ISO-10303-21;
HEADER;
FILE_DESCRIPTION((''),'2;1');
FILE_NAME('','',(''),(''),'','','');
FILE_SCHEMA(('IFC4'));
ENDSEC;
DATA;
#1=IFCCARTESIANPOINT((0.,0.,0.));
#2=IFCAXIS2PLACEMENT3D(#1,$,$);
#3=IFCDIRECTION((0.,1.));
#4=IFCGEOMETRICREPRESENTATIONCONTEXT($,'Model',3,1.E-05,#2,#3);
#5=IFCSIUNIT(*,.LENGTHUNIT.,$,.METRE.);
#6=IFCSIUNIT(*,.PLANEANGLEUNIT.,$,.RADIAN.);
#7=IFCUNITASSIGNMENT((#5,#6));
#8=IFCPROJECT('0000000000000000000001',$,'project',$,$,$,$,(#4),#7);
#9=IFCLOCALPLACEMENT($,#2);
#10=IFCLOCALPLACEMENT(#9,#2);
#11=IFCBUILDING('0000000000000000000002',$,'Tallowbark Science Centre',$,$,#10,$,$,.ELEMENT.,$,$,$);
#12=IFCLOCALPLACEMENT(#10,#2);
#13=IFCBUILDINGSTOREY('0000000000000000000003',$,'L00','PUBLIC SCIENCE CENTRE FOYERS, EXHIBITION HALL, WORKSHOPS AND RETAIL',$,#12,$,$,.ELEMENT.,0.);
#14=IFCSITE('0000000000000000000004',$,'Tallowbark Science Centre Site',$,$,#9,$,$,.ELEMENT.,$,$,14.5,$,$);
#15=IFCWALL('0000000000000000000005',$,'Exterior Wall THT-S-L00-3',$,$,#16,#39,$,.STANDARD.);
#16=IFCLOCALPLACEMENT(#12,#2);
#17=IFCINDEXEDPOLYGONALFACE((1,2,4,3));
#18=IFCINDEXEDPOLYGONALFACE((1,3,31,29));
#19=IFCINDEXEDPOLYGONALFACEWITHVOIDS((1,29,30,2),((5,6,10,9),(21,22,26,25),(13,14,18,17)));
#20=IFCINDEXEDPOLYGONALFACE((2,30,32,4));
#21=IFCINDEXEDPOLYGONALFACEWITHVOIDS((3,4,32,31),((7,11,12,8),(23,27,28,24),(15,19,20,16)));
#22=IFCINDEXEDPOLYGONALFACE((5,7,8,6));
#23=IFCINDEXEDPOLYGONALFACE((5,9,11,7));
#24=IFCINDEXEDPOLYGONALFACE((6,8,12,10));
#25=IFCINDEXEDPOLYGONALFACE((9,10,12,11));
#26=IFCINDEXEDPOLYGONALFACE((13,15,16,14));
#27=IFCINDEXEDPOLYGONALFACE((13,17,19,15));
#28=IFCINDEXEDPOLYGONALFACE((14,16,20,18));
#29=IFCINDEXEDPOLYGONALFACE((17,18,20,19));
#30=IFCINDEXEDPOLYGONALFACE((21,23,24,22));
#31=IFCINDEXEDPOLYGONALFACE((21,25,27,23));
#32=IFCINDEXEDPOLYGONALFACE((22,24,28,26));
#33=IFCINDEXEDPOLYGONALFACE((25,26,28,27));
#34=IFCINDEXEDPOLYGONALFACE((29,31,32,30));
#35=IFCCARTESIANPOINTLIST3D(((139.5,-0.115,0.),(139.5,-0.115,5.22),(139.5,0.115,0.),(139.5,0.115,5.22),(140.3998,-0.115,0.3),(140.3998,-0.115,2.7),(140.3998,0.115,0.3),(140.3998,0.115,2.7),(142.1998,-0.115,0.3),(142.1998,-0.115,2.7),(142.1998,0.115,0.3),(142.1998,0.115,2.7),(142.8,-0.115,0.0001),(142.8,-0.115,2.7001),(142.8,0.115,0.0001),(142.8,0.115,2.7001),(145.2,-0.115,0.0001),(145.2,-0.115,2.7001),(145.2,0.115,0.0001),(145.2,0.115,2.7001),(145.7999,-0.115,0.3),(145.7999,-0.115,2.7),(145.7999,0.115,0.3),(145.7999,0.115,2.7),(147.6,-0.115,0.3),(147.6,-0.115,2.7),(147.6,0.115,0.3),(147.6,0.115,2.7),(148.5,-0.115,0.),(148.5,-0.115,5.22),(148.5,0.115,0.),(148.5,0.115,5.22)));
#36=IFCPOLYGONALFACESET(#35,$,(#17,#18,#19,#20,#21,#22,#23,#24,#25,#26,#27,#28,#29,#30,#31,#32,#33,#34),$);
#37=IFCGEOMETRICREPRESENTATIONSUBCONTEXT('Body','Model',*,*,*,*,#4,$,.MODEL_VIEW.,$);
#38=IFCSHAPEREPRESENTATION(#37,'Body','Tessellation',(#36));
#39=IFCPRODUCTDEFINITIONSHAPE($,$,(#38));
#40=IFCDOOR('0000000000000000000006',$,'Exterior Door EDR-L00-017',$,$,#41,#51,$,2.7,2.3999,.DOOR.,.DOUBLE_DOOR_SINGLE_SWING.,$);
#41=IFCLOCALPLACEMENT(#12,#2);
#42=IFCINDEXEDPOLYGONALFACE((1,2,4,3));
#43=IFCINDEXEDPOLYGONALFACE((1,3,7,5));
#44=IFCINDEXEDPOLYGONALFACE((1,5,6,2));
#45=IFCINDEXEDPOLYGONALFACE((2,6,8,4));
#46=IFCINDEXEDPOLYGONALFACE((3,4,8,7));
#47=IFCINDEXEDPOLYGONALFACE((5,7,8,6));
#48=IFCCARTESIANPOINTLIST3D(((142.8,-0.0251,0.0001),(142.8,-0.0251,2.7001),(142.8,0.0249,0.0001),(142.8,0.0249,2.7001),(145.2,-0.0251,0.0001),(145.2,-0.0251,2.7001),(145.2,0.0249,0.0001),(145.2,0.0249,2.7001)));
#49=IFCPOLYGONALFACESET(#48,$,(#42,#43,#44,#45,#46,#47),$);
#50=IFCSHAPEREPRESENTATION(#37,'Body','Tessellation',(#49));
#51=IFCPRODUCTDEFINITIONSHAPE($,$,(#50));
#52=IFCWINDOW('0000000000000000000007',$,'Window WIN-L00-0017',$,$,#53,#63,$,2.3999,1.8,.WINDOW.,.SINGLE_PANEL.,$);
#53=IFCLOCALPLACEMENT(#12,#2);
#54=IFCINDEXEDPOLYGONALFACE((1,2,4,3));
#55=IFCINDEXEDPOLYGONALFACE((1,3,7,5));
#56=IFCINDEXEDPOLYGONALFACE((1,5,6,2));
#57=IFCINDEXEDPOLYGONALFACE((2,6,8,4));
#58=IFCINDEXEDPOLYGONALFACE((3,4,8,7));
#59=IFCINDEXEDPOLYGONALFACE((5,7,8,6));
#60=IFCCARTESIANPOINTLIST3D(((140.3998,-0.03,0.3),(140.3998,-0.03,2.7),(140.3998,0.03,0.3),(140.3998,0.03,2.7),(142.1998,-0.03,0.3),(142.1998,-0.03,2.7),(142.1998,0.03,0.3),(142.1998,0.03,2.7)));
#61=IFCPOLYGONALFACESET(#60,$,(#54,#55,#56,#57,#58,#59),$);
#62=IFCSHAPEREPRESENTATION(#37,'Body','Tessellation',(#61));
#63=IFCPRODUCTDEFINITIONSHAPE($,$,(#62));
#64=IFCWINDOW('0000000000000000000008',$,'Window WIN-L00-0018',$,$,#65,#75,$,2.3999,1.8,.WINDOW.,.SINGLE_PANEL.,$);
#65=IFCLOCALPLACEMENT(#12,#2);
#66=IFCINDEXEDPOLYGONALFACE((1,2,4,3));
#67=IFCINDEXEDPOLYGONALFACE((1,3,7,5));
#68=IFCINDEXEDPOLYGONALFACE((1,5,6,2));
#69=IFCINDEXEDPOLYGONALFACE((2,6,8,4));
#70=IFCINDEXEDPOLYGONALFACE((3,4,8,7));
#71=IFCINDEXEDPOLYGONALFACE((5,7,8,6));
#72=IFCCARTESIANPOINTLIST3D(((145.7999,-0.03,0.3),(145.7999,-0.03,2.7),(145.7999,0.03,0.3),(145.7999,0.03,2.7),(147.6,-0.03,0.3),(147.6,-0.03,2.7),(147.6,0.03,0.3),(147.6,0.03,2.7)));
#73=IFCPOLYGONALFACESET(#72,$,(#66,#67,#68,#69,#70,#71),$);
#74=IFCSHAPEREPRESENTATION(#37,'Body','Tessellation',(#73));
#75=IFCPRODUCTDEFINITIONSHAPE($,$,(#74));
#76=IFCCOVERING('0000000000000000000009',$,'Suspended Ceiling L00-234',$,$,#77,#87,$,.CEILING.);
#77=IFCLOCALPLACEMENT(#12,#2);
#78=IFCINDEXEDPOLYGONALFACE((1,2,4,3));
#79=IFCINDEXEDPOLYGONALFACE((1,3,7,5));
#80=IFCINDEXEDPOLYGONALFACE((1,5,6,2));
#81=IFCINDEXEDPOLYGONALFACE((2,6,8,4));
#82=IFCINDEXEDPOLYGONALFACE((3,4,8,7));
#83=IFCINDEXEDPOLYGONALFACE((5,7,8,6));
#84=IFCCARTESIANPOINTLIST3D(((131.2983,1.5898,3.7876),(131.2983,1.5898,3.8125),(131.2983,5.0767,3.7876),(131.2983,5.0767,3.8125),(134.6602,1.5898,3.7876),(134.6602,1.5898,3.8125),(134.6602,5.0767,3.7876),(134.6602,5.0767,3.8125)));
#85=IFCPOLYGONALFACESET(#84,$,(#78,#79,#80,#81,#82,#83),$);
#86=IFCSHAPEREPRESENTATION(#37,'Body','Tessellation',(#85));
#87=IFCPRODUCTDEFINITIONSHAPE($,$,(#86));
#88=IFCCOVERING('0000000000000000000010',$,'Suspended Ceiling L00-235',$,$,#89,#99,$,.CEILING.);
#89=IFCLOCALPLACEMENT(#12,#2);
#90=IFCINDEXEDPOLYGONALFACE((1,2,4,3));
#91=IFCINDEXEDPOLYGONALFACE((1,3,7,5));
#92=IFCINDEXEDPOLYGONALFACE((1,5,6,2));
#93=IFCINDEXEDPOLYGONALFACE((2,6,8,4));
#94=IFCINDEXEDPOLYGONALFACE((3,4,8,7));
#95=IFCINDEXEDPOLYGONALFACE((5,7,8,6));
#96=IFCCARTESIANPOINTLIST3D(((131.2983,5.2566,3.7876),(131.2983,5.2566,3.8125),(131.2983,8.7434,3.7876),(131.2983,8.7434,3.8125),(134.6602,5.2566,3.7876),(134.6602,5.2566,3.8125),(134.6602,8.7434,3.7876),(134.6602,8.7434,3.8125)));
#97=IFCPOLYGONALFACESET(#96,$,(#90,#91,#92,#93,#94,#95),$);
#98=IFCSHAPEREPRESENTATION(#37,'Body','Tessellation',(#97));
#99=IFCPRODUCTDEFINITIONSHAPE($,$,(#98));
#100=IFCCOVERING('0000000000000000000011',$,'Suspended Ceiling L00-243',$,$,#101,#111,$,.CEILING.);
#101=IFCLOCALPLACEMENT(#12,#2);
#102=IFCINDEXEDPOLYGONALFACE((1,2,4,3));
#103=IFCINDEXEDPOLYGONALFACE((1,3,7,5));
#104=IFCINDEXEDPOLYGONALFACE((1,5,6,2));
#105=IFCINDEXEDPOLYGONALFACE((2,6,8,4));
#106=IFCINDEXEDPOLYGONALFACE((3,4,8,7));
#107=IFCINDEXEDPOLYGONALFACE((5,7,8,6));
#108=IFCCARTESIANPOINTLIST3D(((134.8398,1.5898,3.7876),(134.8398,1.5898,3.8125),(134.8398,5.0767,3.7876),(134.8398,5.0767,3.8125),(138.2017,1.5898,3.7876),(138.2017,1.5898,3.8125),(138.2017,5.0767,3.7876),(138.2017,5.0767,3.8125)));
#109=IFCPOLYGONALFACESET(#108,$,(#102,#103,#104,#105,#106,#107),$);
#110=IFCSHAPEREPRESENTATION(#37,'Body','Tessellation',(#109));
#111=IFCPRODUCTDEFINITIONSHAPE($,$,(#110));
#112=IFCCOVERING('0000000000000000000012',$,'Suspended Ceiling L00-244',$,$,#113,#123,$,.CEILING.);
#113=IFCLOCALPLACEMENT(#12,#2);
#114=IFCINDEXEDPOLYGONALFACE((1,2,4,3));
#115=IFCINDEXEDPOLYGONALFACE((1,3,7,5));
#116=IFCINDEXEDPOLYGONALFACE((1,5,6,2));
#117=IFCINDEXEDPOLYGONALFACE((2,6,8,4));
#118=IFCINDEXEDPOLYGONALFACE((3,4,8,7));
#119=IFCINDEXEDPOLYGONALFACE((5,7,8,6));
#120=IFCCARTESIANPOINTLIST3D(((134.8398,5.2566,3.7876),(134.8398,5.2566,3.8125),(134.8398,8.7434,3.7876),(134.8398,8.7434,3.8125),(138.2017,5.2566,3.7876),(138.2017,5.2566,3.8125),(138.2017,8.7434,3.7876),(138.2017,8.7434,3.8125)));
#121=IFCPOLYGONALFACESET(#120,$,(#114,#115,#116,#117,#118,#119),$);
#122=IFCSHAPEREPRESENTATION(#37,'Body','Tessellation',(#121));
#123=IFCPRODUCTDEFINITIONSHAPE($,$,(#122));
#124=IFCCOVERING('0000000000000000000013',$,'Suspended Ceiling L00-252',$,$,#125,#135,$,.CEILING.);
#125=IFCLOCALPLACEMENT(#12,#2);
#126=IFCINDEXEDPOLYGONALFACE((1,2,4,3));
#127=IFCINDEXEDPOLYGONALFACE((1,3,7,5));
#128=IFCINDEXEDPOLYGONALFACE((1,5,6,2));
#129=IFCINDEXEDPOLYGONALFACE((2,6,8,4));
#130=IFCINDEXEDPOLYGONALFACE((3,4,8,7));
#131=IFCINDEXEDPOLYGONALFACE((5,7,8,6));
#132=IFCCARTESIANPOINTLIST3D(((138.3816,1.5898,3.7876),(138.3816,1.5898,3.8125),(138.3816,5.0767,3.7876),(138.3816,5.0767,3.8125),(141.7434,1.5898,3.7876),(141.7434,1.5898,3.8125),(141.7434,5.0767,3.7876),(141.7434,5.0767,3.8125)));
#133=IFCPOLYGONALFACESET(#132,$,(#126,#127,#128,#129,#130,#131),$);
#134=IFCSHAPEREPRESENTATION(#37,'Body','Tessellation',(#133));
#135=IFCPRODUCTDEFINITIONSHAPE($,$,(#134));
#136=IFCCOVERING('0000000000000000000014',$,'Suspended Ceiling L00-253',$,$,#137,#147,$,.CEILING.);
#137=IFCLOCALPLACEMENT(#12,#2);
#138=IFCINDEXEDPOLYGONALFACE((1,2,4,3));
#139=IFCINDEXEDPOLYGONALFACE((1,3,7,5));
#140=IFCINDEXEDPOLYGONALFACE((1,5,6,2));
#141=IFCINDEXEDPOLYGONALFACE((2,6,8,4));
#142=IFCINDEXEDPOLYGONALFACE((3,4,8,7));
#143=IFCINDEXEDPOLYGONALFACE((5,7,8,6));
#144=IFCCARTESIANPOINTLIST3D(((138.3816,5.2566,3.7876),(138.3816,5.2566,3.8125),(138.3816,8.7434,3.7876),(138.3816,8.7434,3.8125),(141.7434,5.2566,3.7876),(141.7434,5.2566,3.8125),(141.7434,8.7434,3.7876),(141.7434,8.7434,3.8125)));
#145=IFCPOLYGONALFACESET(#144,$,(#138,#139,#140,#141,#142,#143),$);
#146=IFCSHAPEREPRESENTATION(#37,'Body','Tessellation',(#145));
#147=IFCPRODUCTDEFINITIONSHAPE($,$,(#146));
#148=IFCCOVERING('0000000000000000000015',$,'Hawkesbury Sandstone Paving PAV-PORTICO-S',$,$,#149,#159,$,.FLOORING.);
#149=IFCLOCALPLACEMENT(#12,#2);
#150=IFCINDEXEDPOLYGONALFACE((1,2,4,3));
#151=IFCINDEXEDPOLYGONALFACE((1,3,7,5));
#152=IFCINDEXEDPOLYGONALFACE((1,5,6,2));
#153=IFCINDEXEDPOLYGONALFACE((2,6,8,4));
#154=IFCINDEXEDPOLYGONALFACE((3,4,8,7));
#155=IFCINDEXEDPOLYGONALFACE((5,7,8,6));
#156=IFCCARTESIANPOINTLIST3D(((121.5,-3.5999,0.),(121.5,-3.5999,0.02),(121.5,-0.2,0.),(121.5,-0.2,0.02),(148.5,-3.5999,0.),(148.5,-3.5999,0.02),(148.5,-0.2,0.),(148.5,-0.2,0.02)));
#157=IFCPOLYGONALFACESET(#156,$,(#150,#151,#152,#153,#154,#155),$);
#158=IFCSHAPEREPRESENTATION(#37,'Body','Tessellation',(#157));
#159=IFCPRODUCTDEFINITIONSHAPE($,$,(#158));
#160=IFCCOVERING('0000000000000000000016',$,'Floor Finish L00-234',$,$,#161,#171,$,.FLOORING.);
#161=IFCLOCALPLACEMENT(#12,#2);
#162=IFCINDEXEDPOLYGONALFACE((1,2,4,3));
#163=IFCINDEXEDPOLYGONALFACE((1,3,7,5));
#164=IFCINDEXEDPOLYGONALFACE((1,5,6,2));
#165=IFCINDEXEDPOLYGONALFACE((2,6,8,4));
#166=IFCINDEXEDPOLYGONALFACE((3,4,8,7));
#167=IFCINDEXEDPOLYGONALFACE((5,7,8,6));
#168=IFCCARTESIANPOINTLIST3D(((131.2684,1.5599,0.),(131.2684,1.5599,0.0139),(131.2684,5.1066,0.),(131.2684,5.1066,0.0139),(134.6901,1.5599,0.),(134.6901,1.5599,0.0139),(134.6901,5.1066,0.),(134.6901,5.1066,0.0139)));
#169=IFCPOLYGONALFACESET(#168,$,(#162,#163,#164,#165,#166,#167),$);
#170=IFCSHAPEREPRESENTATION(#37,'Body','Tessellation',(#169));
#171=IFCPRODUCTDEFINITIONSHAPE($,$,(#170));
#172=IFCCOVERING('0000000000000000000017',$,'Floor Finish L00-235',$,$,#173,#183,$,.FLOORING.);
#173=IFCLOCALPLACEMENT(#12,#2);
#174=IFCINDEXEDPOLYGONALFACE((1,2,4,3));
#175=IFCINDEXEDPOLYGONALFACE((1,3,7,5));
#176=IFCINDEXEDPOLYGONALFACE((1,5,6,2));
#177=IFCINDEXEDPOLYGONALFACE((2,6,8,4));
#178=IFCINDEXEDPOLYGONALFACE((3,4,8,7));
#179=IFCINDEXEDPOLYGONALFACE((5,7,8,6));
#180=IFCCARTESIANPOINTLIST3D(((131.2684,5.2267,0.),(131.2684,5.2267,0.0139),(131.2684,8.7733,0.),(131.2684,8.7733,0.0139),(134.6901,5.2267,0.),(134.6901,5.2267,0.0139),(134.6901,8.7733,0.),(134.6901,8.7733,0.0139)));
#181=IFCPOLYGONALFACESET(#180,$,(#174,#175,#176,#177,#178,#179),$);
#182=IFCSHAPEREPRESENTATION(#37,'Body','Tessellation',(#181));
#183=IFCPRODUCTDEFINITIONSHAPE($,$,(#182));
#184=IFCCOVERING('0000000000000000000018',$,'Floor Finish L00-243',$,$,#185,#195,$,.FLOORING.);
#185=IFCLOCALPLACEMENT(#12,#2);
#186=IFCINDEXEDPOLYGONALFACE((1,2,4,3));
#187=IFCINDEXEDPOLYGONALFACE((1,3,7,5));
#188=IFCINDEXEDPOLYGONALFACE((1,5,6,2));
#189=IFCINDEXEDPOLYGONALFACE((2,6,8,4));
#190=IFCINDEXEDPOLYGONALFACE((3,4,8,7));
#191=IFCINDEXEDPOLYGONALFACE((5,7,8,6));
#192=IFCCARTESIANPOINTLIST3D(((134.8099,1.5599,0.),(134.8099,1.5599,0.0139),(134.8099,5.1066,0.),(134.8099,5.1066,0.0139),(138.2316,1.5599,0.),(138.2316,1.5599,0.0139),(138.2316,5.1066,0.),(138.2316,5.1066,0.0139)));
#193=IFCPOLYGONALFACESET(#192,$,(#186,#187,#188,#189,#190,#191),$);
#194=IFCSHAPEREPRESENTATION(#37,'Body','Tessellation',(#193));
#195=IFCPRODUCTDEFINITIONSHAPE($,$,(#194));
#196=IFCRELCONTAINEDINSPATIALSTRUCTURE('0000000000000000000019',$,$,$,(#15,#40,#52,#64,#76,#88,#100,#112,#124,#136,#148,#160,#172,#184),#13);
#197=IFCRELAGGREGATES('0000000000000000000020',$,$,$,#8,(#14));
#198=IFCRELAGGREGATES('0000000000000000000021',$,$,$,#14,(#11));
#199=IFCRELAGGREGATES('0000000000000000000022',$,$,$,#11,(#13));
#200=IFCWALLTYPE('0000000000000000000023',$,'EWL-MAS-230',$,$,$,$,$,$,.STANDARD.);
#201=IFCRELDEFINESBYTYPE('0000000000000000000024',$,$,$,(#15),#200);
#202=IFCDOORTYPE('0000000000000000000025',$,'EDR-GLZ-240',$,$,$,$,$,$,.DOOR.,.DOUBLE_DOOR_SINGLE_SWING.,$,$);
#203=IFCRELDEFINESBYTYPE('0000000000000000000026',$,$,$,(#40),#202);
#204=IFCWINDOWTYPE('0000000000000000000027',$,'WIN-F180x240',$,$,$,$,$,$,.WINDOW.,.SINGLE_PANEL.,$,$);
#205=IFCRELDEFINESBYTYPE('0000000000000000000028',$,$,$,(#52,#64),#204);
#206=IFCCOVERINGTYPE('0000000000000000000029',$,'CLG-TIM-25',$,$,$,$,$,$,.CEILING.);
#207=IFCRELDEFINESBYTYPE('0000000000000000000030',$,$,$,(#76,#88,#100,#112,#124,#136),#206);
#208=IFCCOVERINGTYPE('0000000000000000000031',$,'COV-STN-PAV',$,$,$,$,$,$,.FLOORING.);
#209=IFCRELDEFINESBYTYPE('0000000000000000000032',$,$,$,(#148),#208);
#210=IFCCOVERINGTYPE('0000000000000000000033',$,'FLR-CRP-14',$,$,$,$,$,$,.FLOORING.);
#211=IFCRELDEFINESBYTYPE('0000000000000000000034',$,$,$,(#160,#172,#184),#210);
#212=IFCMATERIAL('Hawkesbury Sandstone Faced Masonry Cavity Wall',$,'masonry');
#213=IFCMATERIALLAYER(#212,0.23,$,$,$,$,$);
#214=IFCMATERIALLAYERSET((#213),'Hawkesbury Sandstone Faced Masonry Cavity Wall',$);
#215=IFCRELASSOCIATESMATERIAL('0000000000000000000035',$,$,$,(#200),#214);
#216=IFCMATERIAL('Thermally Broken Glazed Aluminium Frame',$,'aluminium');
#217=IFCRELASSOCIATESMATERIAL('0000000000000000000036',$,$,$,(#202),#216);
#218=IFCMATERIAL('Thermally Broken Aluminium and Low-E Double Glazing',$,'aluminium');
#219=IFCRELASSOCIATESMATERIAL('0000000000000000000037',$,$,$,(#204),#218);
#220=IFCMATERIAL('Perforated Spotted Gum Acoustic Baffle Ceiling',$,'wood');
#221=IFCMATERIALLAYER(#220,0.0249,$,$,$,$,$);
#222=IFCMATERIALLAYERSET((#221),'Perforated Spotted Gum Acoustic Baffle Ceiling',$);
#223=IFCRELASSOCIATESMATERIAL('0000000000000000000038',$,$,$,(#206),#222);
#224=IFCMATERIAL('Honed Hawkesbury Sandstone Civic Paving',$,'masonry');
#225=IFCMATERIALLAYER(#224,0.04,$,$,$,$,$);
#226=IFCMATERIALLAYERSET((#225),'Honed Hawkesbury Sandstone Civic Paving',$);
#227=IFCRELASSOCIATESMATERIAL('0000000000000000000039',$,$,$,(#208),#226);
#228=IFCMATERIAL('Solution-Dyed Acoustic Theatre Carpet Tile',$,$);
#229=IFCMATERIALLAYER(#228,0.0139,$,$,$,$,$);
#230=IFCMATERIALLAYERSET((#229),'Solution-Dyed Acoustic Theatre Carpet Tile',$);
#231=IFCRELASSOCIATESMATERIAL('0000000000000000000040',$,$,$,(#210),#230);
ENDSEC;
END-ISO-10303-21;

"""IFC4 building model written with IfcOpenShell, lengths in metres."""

from ifc_helpers import new_model, si_unit, direction, frame, frame_2d, origin, origin_2d, place, context, subcontext, project, spatial, rectangle, extrude, material, layer, layer_set, type_object, element, fill, save


model = new_model("IFC4")

# Units and contexts
model_context = context("Model", 3, precision=1e-05, world=origin(), true_north=direction((0.0, 1.0)))
body_context = subcontext(model_context, "Body", "Model", "MODEL_VIEW")
ifc_project = project(units=[si_unit("LENGTHUNIT", "METRE"), si_unit("PLANEANGLEUNIT", "RADIAN")], contexts=[model_context])

# Site, building, storey
site_placement = place(None, origin())
site = spatial("IfcSite", under=ifc_project, at=site_placement, Name="Tallowbark Science Centre Site", CompositionType="ELEMENT", RefElevation=14.5)
building_placement = place(site_placement, origin())
building = spatial("IfcBuilding", under=site, at=building_placement, Name="Tallowbark Science Centre", CompositionType="ELEMENT")
storey_placement = place(building_placement, origin())
storey = spatial("IfcBuildingStorey", under=building, at=storey_placement, Name="L00", Description="PUBLIC SCIENCE CENTRE FOYERS, EXHIBITION HALL, WORKSHOPS AND RETAIL", CompositionType="ELEMENT", Elevation=0.0)

# Wall, openings, door, windows
ifc_material_1 = material(Name="Hawkesbury Sandstone Faced Masonry Cavity Wall", Category="masonry")
ifc_layer_1 = layer(ifc_material_1, 0.23)
ifc_layer_set_1 = layer_set([ifc_layer_1], Name="Hawkesbury Sandstone Faced Masonry Cavity Wall")
wall_type = type_object("IfcWallType", Name="EWL-MAS-230", PredefinedType="STANDARD", material=ifc_layer_set_1)
wall_placement = place(storey_placement, frame((139.5, 0.0, 0.0), z_axis=(0.0, 0.0, 1.0), x_axis=(1.0, 0.0, 0.0)))
wall = element("IfcWall", 1, at=wall_placement, inside=storey, type_object=wall_type, Name="Exterior Wall THT-S-L00-3", PredefinedType="STANDARD", context=body_context, shape_type="SweptSolid", body=[
    extrude(rectangle(XDim=9.0, YDim=0.23, at=frame_2d((4.5, 0.0))), origin(), (0.0, 0.0, 1.0), 5.22),
])
opening_1_placement = place(wall_placement, frame((0.8999, 0.0, 0.3)))
opening_1 = element("IfcOpeningElement", 2, at=opening_1_placement, cuts=wall, PredefinedType="OPENING", context=body_context, shape_type="SweptSolid", body=[
    extrude(rectangle(XDim=1.8, YDim=2.3999, at=frame_2d((0.8999, 1.2))), frame((0.0, 0.125, 0.0), z_axis=(0.0, -1.0, 0.0), x_axis=(1.0, 0.0, 0.0)), (0.0, 0.0, 1.0), 0.25),
])
opening_2_placement = place(wall_placement, frame((6.3, 0.0, 0.3)))
opening_2 = element("IfcOpeningElement", 3, at=opening_2_placement, cuts=wall, PredefinedType="OPENING", context=body_context, shape_type="SweptSolid", body=[
    extrude(rectangle(XDim=1.8, YDim=2.3999, at=frame_2d((0.8999, 1.2))), frame((0.0, 0.125, 0.0), z_axis=(0.0, -1.0, 0.0), x_axis=(1.0, 0.0, 0.0)), (0.0, 0.0, 1.0), 0.25),
])
opening_3_placement = place(wall_placement, frame((3.3, 0.0, 0.0)))
opening_3 = element("IfcOpeningElement", 4, at=opening_3_placement, cuts=wall, PredefinedType="OPENING", context=body_context, shape_type="SweptSolid", body=[
    extrude(rectangle(XDim=2.3999, YDim=2.7, at=frame_2d((1.2, 1.3501))), frame((0.0, 0.125, 0.0), z_axis=(0.0, -1.0, 0.0), x_axis=(1.0, 0.0, 0.0)), (0.0, 0.0, 1.0), 0.25),
])
ifc_material_2 = material(Name="Thermally Broken Glazed Aluminium Frame", Category="aluminium")
door_type = type_object("IfcDoorType", Name="EDR-GLZ-240", OperationType="DOUBLE_DOOR_SINGLE_SWING", PredefinedType="DOOR", material=ifc_material_2)
door_placement = place(opening_3_placement, origin())
door = element("IfcDoor", 5, at=door_placement, inside=storey, type_object=door_type, Name="Exterior Door EDR-L00-017", OperationType="DOUBLE_DOOR_SINGLE_SWING", OverallHeight=2.7, OverallWidth=2.3999, PredefinedType="DOOR", context=body_context, shape_type="SweptSolid", body=[
    extrude(rectangle(XDim=2.3999, YDim=2.7, at=frame_2d((1.2, 1.3501))), frame((0.0, 0.0249, 0.0), z_axis=(0.0, -1.0, 0.0), x_axis=(1.0, 0.0, 0.0)), (0.0, 0.0, 1.0), 0.05),
])
fill(opening_3, door)
ifc_material_3 = material(Name="Thermally Broken Aluminium and Low-E Double Glazing", Category="aluminium")
window_type = type_object("IfcWindowType", Name="WIN-F180x240", PartitioningType="SINGLE_PANEL", PredefinedType="WINDOW", material=ifc_material_3)
window_1_placement = place(opening_1_placement, origin())
window_1 = element("IfcWindow", 6, at=window_1_placement, inside=storey, type_object=window_type, Name="Window WIN-L00-0017", OverallHeight=2.3999, OverallWidth=1.8, PartitioningType="SINGLE_PANEL", PredefinedType="WINDOW", context=body_context, shape_type="SweptSolid", body=[
    extrude(rectangle(XDim=1.8, YDim=2.3999, at=frame_2d((0.8999, 1.2))), frame((0.0, 0.03, 0.0), z_axis=(0.0, -1.0, 0.0), x_axis=(1.0, 0.0, 0.0)), (0.0, 0.0, 1.0), 0.0601),
])
fill(opening_1, window_1)
window_2_placement = place(opening_2_placement, origin())
window_2 = element("IfcWindow", 7, at=window_2_placement, inside=storey, type_object=window_type, Name="Window WIN-L00-0018", OverallHeight=2.3999, OverallWidth=1.8, PartitioningType="SINGLE_PANEL", PredefinedType="WINDOW", context=body_context, shape_type="SweptSolid", body=[
    extrude(rectangle(XDim=1.8, YDim=2.3999, at=frame_2d((0.8999, 1.2))), frame((0.0, 0.03, 0.0), z_axis=(0.0, -1.0, 0.0), x_axis=(1.0, 0.0, 0.0)), (0.0, 0.0, 1.0), 0.0601),
])
fill(opening_2, window_2)

# Coverings
ifc_material_4 = material(Name="Perforated Spotted Gum Acoustic Baffle Ceiling", Category="wood")
ifc_layer_2 = layer(ifc_material_4, 0.0249)
ifc_layer_set_2 = layer_set([ifc_layer_2], Name="Perforated Spotted Gum Acoustic Baffle Ceiling")
covering_type_1 = type_object("IfcCoveringType", Name="CLG-TIM-25", PredefinedType="CEILING", material=ifc_layer_set_2)
for number, where, z_axis, x_axis, name in (
    (8, (132.9792, 3.3333, 3.7876), (0.0, 0.0, 1.0), (1.0, 0.0, 0.0), "Suspended Ceiling L00-234"),
    (9, (132.9792, 7.0, 3.7876), (0.0, 0.0, 1.0), (1.0, 0.0, 0.0), "Suspended Ceiling L00-235"),
    (10, (136.5208, 3.3333, 3.7876), (0.0, 0.0, 1.0), (1.0, 0.0, 0.0), "Suspended Ceiling L00-243"),
    (11, (136.5208, 7.0, 3.7876), (0.0, 0.0, 1.0), (1.0, 0.0, 0.0), "Suspended Ceiling L00-244"),
    (12, (140.0625, 3.3333, 3.7876), (0.0, 0.0, 1.0), (1.0, 0.0, 0.0), "Suspended Ceiling L00-252"),
    (13, (140.0625, 7.0, 3.7876), (0.0, 0.0, 1.0), (1.0, 0.0, 0.0), "Suspended Ceiling L00-253"),
):
    element("IfcCovering", number, at=place(storey_placement, frame(where, z_axis=z_axis, x_axis=x_axis)), inside=storey, type_object=covering_type_1, Name=name, PredefinedType="CEILING", context=body_context, shape_type="SweptSolid", body=[
        extrude(rectangle(XDim=3.3618, YDim=3.4868, at=origin_2d()), origin(), (0.0, 0.0, 1.0), 0.0249),
    ])
ifc_material_5 = material(Name="Honed Hawkesbury Sandstone Civic Paving", Category="masonry")
ifc_layer_3 = layer(ifc_material_5, 0.04)
ifc_layer_set_3 = layer_set([ifc_layer_3], Name="Honed Hawkesbury Sandstone Civic Paving")
covering_type_2 = type_object("IfcCoveringType", Name="COV-STN-PAV", PredefinedType="FLOORING", material=ifc_layer_set_3)
covering_placement = place(storey_placement, frame((135.0, -1.8999, 0.0), z_axis=(0.0, 0.0, 1.0), x_axis=(1.0, 0.0, 0.0)))
element("IfcCovering", 14, at=covering_placement, inside=storey, type_object=covering_type_2, Name="Hawkesbury Sandstone Paving PAV-PORTICO-S", PredefinedType="FLOORING", context=body_context, shape_type="SweptSolid", body=[
    extrude(rectangle(XDim=27.0, YDim=3.3999, at=origin_2d()), origin(), (0.0, 0.0, 1.0), 0.02),
])
ifc_material_6 = material(Name="Solution-Dyed Acoustic Theatre Carpet Tile")
ifc_layer_4 = layer(ifc_material_6, 0.0139)
ifc_layer_set_4 = layer_set([ifc_layer_4], Name="Solution-Dyed Acoustic Theatre Carpet Tile")
covering_type_3 = type_object("IfcCoveringType", Name="FLR-CRP-14", PredefinedType="FLOORING", material=ifc_layer_set_4)
for number, where, z_axis, x_axis, name in (
    (15, (132.9792, 3.3333, 0.0), (0.0, 0.0, 1.0), (1.0, 0.0, 0.0), "Floor Finish L00-234"),
    (16, (132.9792, 7.0, 0.0), (0.0, 0.0, 1.0), (1.0, 0.0, 0.0), "Floor Finish L00-235"),
    (17, (136.5208, 3.3333, 0.0), (0.0, 0.0, 1.0), (1.0, 0.0, 0.0), "Floor Finish L00-243"),
):
    element("IfcCovering", number, at=place(storey_placement, frame(where, z_axis=z_axis, x_axis=x_axis)), inside=storey, type_object=covering_type_3, Name=name, PredefinedType="FLOORING", context=body_context, shape_type="SweptSolid", body=[
        extrude(rectangle(XDim=3.4216, YDim=3.5466, at=origin_2d()), origin(), (0.0, 0.0, 1.0), 0.0139),
    ])

save(model, "model.ifc")
